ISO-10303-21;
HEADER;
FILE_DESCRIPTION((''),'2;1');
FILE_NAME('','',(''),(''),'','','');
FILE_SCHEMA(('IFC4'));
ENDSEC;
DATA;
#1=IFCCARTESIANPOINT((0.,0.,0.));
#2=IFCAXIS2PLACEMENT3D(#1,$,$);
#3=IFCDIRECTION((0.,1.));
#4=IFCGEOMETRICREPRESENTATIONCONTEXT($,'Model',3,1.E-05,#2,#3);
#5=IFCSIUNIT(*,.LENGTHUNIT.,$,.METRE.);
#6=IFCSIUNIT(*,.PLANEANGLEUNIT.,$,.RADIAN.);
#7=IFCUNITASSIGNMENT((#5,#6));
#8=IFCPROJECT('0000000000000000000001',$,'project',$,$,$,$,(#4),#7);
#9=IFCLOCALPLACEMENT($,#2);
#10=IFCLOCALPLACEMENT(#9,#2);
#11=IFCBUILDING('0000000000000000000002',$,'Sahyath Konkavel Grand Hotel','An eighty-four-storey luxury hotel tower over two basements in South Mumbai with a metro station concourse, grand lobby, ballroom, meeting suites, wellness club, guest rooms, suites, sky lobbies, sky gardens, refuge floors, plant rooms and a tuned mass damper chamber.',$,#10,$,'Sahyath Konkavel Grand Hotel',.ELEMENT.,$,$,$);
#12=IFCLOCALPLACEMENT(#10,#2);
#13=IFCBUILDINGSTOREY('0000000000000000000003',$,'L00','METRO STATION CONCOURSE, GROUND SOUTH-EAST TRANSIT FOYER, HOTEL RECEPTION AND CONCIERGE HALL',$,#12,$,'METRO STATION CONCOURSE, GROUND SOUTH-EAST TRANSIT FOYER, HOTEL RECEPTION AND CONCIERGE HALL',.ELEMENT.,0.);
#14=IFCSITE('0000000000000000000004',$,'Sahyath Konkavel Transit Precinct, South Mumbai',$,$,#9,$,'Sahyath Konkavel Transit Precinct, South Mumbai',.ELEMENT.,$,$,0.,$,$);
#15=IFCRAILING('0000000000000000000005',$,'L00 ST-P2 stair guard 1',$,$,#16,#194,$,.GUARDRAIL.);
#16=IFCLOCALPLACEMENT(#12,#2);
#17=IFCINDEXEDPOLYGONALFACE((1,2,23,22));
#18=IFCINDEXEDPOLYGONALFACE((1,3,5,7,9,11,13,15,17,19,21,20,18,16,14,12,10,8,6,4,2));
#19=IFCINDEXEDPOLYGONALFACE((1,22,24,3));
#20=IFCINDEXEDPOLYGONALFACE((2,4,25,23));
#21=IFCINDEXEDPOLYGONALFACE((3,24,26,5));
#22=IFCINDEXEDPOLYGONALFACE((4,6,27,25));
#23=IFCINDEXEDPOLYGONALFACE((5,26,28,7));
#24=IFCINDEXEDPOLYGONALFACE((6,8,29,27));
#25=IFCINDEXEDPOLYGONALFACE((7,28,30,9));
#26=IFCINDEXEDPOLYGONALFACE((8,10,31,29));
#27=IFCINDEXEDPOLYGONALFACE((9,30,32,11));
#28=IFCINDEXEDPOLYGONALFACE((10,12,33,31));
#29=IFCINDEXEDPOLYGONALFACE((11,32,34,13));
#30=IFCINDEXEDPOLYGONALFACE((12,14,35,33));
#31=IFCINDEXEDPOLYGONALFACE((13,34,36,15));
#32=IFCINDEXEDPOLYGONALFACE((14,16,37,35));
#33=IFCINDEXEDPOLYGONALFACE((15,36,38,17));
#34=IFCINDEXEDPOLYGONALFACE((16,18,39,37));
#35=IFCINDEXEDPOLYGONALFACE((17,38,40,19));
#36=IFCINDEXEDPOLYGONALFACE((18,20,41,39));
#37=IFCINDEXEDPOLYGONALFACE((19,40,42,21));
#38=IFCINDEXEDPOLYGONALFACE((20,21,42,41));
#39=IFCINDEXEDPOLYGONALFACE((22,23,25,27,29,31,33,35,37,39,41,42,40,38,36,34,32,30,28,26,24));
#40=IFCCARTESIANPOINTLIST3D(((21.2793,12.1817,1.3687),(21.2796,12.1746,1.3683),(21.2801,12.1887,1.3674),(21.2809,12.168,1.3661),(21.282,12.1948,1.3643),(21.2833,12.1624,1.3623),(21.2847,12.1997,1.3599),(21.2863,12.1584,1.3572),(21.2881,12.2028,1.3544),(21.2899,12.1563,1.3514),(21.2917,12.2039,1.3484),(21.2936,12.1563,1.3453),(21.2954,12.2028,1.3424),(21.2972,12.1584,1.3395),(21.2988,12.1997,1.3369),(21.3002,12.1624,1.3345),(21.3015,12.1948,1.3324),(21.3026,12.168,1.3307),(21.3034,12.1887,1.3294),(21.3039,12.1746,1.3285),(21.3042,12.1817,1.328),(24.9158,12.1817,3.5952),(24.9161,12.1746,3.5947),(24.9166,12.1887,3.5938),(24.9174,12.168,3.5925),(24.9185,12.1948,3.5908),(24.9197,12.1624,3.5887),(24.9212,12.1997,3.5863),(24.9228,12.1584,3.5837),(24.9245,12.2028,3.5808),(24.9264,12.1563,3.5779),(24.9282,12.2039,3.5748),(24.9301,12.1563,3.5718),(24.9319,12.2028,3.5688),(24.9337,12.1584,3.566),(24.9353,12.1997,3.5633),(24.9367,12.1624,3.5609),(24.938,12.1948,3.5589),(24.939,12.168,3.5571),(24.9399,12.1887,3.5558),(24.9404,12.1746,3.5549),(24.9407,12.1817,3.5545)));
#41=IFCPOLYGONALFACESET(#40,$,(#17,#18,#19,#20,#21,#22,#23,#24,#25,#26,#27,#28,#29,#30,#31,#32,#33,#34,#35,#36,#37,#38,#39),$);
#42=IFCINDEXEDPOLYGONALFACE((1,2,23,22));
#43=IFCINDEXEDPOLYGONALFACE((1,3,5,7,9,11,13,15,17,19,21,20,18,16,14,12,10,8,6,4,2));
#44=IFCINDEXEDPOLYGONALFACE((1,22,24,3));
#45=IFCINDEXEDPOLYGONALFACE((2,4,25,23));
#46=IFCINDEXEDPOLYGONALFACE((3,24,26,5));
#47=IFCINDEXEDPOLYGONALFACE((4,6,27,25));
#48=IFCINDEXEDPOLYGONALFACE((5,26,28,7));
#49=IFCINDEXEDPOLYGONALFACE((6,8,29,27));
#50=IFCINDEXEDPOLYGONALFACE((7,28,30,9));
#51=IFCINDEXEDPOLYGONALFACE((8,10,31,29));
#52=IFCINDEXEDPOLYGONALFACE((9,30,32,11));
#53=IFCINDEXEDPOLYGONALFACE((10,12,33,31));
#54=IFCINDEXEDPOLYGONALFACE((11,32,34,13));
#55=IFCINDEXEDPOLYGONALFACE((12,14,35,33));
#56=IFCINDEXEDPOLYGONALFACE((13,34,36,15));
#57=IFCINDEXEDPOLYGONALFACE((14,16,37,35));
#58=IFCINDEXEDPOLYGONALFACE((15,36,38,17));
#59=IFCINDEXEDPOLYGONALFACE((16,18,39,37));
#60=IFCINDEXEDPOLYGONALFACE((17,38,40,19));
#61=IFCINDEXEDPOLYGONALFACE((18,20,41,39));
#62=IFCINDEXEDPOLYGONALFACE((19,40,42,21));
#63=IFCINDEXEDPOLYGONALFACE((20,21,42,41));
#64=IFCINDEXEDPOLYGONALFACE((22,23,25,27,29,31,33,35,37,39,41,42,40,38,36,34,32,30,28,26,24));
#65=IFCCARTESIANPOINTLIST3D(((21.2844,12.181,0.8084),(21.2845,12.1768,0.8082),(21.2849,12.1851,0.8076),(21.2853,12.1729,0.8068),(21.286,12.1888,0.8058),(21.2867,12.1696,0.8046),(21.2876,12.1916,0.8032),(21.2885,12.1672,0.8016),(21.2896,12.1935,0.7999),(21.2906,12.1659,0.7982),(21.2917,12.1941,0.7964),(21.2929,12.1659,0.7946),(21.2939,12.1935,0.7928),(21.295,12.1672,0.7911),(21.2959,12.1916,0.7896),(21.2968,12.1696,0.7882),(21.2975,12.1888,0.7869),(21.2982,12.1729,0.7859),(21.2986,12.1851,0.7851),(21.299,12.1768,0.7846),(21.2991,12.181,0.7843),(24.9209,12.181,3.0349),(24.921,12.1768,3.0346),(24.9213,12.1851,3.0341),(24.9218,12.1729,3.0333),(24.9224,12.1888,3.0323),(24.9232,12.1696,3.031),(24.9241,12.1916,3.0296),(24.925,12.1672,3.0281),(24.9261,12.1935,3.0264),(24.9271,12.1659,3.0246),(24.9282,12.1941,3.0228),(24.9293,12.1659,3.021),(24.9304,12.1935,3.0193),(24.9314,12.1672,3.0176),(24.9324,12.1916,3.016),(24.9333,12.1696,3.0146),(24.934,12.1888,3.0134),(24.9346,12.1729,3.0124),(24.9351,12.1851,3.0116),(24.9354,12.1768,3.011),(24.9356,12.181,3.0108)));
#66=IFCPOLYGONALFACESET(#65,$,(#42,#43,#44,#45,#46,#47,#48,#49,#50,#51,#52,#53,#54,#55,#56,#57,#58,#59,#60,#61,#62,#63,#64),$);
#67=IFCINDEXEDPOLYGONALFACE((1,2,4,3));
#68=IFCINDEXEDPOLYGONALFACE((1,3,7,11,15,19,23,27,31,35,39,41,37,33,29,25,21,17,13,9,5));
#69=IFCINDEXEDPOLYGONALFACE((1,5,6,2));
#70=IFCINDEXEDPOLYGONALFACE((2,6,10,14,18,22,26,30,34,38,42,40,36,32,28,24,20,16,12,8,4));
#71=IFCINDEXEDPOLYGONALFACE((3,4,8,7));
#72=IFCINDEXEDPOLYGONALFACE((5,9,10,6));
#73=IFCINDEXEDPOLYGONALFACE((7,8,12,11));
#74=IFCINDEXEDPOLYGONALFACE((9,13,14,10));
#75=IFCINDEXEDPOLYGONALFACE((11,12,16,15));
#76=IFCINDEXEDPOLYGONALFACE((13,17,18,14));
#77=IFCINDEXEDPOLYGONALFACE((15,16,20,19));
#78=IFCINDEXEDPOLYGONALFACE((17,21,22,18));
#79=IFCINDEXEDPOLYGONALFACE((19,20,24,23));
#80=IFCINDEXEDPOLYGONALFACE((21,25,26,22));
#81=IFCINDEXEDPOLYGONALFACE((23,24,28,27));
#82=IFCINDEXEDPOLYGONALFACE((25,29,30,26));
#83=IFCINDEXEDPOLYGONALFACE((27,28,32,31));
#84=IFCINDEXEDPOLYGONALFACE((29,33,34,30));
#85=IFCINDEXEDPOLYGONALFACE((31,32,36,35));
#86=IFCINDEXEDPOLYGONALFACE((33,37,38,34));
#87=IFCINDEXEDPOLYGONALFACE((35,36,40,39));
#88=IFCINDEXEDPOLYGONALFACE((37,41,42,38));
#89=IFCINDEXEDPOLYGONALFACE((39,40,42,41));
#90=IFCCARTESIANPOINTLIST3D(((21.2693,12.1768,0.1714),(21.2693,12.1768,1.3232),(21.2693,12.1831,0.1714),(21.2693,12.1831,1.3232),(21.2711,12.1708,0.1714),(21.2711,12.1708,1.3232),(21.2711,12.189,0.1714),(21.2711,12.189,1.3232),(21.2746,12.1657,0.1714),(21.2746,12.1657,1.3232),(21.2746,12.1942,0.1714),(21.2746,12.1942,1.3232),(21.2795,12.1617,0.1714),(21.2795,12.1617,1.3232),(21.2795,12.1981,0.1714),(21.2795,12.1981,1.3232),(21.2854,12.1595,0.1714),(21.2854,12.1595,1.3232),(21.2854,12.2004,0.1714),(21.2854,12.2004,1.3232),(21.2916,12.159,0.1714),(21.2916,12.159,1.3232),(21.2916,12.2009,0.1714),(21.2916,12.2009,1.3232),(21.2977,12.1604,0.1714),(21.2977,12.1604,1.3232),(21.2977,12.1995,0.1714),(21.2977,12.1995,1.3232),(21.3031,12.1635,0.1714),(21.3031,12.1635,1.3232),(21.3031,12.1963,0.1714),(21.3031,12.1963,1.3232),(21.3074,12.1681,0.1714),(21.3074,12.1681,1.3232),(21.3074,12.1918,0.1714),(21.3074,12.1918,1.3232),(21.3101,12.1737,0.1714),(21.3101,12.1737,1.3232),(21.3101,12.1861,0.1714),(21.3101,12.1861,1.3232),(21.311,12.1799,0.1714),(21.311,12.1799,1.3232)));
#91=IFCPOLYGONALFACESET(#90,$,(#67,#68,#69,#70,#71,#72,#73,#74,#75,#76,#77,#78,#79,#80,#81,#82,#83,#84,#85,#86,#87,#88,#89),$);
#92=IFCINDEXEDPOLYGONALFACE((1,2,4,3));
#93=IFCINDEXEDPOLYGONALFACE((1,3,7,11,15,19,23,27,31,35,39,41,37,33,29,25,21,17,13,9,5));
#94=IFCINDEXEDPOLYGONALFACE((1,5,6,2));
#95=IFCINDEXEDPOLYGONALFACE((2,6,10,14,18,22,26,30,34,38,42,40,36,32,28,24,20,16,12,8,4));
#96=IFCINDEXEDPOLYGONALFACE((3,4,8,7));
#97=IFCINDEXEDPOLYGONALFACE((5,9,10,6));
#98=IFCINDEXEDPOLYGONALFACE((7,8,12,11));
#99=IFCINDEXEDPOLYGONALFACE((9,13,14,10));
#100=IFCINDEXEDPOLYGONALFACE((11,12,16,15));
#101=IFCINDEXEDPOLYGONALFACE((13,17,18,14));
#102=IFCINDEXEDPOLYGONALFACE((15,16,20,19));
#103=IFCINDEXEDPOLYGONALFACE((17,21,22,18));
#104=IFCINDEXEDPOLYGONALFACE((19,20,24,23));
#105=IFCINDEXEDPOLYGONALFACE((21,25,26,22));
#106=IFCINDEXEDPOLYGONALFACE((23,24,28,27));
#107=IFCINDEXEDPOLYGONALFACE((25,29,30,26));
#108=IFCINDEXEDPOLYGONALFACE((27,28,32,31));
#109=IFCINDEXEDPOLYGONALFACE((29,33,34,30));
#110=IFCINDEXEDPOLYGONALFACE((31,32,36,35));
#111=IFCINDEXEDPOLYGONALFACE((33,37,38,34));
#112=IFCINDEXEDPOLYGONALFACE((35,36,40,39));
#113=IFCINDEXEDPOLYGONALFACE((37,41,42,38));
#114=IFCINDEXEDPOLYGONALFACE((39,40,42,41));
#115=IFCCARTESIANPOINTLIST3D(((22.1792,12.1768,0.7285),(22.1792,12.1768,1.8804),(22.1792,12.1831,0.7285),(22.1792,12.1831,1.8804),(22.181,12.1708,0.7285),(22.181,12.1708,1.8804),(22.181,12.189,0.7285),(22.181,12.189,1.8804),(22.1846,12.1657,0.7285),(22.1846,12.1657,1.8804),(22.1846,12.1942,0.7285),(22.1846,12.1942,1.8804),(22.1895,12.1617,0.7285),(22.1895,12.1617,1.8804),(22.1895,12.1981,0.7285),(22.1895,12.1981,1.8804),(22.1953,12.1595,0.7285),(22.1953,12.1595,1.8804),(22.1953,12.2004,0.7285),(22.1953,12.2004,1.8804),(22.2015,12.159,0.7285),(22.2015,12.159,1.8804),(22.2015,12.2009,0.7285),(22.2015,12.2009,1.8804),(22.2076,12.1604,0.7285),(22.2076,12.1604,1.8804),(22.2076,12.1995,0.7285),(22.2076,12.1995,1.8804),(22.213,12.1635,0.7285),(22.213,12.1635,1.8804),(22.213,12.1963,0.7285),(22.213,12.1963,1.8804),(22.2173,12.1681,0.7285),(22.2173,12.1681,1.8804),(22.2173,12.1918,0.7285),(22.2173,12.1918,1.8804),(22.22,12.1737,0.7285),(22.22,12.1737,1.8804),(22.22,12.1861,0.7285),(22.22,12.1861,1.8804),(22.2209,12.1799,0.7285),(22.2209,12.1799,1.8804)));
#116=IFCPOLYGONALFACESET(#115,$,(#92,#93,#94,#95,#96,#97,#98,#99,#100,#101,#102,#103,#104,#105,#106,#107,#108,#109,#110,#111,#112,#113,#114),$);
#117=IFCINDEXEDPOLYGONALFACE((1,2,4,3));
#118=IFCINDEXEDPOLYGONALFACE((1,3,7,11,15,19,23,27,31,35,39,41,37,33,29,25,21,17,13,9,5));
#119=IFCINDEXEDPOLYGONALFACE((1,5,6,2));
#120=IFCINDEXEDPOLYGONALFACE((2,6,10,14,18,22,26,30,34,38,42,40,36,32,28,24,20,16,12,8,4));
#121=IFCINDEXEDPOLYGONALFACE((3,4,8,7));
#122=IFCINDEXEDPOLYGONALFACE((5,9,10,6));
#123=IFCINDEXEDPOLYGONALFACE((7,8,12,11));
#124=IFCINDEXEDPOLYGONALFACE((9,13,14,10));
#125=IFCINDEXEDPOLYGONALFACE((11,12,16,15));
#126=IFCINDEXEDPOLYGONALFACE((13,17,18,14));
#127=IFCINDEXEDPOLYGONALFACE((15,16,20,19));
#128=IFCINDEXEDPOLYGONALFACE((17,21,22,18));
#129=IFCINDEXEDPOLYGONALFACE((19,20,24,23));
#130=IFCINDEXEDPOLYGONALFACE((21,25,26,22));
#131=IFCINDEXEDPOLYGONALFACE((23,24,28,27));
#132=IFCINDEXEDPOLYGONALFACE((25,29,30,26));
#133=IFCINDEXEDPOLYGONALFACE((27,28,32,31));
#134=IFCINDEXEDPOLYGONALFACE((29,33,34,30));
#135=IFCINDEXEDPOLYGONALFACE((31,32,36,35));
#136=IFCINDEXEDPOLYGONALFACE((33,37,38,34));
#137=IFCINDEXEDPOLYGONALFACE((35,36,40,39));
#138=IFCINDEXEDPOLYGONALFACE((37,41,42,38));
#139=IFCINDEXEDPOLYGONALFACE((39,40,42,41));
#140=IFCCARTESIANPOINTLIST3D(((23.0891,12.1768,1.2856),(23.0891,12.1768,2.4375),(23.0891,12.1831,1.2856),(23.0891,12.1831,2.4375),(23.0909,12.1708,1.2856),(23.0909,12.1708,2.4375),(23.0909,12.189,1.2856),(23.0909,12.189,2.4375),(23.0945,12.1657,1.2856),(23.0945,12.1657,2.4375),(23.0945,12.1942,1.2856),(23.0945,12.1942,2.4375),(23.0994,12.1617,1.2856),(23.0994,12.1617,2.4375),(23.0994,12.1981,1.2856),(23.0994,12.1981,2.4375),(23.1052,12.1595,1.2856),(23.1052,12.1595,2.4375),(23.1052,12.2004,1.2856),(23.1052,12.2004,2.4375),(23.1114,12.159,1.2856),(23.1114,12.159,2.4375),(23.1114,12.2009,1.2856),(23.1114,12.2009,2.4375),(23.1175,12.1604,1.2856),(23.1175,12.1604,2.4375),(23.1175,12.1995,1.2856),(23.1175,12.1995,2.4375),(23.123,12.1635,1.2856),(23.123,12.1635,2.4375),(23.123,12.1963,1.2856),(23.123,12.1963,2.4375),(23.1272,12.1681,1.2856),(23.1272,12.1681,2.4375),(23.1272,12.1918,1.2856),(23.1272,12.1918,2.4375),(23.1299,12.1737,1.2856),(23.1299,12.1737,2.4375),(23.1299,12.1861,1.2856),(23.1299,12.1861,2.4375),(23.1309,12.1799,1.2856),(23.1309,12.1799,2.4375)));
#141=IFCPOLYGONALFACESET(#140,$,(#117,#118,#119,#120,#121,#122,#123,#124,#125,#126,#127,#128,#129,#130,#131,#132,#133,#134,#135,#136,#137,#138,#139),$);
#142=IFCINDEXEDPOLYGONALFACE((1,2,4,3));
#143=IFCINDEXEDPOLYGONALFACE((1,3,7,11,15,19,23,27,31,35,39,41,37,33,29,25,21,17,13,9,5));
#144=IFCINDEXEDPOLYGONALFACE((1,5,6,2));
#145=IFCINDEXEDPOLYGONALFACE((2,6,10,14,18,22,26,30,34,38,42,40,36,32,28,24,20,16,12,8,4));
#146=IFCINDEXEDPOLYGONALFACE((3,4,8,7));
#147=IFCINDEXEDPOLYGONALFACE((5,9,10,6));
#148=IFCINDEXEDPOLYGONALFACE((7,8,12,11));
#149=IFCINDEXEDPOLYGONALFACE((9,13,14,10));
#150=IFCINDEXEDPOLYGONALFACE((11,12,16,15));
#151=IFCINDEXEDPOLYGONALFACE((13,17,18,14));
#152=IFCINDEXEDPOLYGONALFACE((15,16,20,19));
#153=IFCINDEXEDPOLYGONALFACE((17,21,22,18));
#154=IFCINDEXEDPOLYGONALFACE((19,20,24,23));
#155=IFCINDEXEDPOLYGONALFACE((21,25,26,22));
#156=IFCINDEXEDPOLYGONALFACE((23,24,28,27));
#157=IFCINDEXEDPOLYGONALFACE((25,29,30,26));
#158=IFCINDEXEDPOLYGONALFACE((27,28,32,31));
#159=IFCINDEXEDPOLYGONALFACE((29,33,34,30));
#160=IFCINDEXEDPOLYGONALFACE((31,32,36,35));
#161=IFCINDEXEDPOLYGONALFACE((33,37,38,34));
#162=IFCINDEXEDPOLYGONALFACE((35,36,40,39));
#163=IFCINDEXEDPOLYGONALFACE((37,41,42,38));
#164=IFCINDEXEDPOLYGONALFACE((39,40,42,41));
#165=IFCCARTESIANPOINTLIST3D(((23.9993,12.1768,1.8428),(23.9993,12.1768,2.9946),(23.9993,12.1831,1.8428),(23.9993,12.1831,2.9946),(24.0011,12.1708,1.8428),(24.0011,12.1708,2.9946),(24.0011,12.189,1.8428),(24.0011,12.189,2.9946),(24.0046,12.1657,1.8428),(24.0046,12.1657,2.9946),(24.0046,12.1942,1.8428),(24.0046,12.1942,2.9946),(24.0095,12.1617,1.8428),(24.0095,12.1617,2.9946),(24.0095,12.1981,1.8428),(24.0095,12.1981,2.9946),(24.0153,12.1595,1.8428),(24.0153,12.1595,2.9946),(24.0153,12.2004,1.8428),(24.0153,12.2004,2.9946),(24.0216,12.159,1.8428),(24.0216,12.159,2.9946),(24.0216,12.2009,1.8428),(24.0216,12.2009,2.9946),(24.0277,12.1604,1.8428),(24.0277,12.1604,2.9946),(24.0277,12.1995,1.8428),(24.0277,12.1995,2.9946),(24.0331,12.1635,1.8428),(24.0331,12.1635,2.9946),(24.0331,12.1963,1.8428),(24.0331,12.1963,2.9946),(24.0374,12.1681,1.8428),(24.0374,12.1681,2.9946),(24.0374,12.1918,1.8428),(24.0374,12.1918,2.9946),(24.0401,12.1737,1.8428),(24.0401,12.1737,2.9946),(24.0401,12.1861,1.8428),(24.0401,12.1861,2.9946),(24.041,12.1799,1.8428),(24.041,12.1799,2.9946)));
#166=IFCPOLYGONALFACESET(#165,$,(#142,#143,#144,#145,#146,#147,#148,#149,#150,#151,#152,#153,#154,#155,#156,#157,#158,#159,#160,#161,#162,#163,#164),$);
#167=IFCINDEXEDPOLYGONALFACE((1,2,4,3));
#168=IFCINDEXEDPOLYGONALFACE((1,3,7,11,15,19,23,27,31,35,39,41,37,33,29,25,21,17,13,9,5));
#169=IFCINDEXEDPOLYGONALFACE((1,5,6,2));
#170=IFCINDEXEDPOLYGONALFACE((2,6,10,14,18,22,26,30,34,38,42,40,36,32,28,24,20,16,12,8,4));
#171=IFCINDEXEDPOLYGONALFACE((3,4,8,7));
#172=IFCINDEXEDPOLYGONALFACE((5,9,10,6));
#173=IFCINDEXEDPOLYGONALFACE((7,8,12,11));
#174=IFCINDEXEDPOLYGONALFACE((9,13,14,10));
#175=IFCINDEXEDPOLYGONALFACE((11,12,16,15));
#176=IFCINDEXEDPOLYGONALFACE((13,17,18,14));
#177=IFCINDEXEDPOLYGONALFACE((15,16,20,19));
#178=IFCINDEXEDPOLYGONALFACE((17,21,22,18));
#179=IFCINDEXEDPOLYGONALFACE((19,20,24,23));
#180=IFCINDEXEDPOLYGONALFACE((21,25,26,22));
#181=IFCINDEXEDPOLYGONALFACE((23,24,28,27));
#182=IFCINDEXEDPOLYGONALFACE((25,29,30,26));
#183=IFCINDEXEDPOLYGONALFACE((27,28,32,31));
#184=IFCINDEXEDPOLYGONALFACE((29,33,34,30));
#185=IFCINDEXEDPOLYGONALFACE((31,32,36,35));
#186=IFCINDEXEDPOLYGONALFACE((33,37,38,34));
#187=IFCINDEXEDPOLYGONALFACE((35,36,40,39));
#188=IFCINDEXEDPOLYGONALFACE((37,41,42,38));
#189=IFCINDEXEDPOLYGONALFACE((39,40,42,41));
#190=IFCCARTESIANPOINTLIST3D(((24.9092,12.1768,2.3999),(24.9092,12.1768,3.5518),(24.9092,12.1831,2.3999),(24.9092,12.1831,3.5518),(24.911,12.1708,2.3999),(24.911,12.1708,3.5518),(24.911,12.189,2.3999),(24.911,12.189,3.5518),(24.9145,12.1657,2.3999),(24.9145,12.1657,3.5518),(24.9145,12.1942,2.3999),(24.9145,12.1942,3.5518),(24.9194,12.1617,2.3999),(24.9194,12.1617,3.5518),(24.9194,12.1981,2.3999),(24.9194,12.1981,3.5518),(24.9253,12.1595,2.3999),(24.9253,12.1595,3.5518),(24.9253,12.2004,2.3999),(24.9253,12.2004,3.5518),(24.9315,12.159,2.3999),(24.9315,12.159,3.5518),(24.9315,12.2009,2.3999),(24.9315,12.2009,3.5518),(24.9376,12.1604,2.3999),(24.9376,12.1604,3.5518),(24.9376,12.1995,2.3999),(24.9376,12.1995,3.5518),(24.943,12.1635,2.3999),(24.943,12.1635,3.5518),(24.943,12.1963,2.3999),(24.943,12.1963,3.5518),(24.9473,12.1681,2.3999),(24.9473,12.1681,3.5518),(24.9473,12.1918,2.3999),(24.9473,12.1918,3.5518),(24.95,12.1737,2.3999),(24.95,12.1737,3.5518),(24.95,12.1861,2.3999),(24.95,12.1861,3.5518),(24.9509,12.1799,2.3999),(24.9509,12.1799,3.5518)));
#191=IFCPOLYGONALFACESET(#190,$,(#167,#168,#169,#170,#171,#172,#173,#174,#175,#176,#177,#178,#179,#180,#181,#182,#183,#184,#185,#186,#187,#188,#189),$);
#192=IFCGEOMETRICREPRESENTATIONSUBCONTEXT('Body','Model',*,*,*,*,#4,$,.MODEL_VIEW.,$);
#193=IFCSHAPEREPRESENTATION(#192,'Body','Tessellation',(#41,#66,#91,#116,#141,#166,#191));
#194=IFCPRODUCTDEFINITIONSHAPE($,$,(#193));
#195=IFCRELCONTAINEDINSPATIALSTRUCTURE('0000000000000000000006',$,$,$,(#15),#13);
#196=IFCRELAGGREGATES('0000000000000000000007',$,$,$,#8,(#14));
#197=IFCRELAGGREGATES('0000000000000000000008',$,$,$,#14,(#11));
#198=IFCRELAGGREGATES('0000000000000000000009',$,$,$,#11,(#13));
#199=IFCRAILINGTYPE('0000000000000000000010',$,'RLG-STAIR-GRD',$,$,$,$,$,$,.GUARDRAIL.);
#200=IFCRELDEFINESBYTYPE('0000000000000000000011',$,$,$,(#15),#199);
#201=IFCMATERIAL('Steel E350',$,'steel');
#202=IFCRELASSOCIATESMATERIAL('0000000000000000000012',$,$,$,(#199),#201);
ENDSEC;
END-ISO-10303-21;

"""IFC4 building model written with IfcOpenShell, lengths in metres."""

from ifc_helpers import new_model, si_unit, direction, frame, origin, origin_2d, place, context, subcontext, project, spatial, circle, extrude, material, type_object, element, save


model = new_model("IFC4")

# Units and contexts
model_context = context("Model", 3, precision=1e-05, world=origin(), true_north=direction((0.0, 1.0)))
body_context = subcontext(model_context, "Body", "Model", "MODEL_VIEW")
ifc_project = project(units=[si_unit("LENGTHUNIT", "METRE"), si_unit("PLANEANGLEUNIT", "RADIAN")], contexts=[model_context])

# Site, building, storey
site_placement = place(None, origin())
site = spatial("IfcSite", under=ifc_project, at=site_placement, Name="Sahyath Konkavel Transit Precinct, South Mumbai", LongName="Sahyath Konkavel Transit Precinct, South Mumbai", CompositionType="ELEMENT", RefElevation=0.0)
building_placement = place(site_placement, origin())
building = spatial("IfcBuilding", under=site, at=building_placement, Name="Sahyath Konkavel Grand Hotel", Description="An eighty-four-storey luxury hotel tower over two basements in South Mumbai with a metro station concourse, grand lobby, ballroom, meeting suites, wellness club, guest rooms, suites, sky lobbies, sky gardens, refuge floors, plant rooms and a tuned mass damper chamber.", LongName="Sahyath Konkavel Grand Hotel", CompositionType="ELEMENT")
storey_placement = place(building_placement, origin())
storey = spatial("IfcBuildingStorey", under=building, at=storey_placement, Name="L00", Description="METRO STATION CONCOURSE, GROUND SOUTH-EAST TRANSIT FOYER, HOTEL RECEPTION AND CONCIERGE HALL", LongName="METRO STATION CONCOURSE, GROUND SOUTH-EAST TRANSIT FOYER, HOTEL RECEPTION AND CONCIERGE HALL", CompositionType="ELEMENT", Elevation=0.0)

# Shared definitions
ifc_material_1 = material(Name="Steel E350", Category="steel")

# Railing
railing_type_1 = type_object("IfcRailingType", Name="RLG-STAIR-GRD", PredefinedType="GUARDRAIL", material=ifc_material_1)
railing_1_placement = place(storey_placement, frame((21.29, 12.1799, 0.1714)))
element("IfcRailing", 1, at=railing_1_placement, inside=storey, type_object=railing_type_1, Name="L00 ST-P2 stair guard 1", PredefinedType="GUARDRAIL", context=body_context, shape_type="SweptSolid", body=[
    extrude(circle(Radius=0.0239, at=origin_2d()), frame((0.0017, 0.0, 1.177), z_axis=(0.85285, 0.0, 0.522156), x_axis=(0.0, 1.0, 0.0)), (0.0, 0.0, 1.0), 4.2639),
    extrude(circle(Radius=0.0142, at=origin_2d()), frame((0.0017, 0.0, 0.625), z_axis=(0.85285, 0.0, 0.522156), x_axis=(0.0, 1.0, 0.0)), (0.0, 0.0, 1.0), 4.2639),
    extrude(circle(Radius=0.021, at=origin_2d()), origin(), (0.0, 0.0, 1.0), 1.1519),
    extrude(circle(Radius=0.021, at=origin_2d()), frame((0.9099, 0.0, 0.5571)), (0.0, 0.0, 1.0), 1.1519),
    extrude(circle(Radius=0.021, at=origin_2d()), frame((1.8198, 0.0, 1.1143)), (0.0, 0.0, 1.0), 1.1519),
    extrude(circle(Radius=0.021, at=origin_2d()), frame((2.73, 0.0, 1.6714)), (0.0, 0.0, 1.0), 1.1519),
    extrude(circle(Radius=0.021, at=origin_2d()), frame((3.6399, 0.0, 2.2285)), (0.0, 0.0, 1.0), 1.1519),
])

save(model, "model.ifc")
